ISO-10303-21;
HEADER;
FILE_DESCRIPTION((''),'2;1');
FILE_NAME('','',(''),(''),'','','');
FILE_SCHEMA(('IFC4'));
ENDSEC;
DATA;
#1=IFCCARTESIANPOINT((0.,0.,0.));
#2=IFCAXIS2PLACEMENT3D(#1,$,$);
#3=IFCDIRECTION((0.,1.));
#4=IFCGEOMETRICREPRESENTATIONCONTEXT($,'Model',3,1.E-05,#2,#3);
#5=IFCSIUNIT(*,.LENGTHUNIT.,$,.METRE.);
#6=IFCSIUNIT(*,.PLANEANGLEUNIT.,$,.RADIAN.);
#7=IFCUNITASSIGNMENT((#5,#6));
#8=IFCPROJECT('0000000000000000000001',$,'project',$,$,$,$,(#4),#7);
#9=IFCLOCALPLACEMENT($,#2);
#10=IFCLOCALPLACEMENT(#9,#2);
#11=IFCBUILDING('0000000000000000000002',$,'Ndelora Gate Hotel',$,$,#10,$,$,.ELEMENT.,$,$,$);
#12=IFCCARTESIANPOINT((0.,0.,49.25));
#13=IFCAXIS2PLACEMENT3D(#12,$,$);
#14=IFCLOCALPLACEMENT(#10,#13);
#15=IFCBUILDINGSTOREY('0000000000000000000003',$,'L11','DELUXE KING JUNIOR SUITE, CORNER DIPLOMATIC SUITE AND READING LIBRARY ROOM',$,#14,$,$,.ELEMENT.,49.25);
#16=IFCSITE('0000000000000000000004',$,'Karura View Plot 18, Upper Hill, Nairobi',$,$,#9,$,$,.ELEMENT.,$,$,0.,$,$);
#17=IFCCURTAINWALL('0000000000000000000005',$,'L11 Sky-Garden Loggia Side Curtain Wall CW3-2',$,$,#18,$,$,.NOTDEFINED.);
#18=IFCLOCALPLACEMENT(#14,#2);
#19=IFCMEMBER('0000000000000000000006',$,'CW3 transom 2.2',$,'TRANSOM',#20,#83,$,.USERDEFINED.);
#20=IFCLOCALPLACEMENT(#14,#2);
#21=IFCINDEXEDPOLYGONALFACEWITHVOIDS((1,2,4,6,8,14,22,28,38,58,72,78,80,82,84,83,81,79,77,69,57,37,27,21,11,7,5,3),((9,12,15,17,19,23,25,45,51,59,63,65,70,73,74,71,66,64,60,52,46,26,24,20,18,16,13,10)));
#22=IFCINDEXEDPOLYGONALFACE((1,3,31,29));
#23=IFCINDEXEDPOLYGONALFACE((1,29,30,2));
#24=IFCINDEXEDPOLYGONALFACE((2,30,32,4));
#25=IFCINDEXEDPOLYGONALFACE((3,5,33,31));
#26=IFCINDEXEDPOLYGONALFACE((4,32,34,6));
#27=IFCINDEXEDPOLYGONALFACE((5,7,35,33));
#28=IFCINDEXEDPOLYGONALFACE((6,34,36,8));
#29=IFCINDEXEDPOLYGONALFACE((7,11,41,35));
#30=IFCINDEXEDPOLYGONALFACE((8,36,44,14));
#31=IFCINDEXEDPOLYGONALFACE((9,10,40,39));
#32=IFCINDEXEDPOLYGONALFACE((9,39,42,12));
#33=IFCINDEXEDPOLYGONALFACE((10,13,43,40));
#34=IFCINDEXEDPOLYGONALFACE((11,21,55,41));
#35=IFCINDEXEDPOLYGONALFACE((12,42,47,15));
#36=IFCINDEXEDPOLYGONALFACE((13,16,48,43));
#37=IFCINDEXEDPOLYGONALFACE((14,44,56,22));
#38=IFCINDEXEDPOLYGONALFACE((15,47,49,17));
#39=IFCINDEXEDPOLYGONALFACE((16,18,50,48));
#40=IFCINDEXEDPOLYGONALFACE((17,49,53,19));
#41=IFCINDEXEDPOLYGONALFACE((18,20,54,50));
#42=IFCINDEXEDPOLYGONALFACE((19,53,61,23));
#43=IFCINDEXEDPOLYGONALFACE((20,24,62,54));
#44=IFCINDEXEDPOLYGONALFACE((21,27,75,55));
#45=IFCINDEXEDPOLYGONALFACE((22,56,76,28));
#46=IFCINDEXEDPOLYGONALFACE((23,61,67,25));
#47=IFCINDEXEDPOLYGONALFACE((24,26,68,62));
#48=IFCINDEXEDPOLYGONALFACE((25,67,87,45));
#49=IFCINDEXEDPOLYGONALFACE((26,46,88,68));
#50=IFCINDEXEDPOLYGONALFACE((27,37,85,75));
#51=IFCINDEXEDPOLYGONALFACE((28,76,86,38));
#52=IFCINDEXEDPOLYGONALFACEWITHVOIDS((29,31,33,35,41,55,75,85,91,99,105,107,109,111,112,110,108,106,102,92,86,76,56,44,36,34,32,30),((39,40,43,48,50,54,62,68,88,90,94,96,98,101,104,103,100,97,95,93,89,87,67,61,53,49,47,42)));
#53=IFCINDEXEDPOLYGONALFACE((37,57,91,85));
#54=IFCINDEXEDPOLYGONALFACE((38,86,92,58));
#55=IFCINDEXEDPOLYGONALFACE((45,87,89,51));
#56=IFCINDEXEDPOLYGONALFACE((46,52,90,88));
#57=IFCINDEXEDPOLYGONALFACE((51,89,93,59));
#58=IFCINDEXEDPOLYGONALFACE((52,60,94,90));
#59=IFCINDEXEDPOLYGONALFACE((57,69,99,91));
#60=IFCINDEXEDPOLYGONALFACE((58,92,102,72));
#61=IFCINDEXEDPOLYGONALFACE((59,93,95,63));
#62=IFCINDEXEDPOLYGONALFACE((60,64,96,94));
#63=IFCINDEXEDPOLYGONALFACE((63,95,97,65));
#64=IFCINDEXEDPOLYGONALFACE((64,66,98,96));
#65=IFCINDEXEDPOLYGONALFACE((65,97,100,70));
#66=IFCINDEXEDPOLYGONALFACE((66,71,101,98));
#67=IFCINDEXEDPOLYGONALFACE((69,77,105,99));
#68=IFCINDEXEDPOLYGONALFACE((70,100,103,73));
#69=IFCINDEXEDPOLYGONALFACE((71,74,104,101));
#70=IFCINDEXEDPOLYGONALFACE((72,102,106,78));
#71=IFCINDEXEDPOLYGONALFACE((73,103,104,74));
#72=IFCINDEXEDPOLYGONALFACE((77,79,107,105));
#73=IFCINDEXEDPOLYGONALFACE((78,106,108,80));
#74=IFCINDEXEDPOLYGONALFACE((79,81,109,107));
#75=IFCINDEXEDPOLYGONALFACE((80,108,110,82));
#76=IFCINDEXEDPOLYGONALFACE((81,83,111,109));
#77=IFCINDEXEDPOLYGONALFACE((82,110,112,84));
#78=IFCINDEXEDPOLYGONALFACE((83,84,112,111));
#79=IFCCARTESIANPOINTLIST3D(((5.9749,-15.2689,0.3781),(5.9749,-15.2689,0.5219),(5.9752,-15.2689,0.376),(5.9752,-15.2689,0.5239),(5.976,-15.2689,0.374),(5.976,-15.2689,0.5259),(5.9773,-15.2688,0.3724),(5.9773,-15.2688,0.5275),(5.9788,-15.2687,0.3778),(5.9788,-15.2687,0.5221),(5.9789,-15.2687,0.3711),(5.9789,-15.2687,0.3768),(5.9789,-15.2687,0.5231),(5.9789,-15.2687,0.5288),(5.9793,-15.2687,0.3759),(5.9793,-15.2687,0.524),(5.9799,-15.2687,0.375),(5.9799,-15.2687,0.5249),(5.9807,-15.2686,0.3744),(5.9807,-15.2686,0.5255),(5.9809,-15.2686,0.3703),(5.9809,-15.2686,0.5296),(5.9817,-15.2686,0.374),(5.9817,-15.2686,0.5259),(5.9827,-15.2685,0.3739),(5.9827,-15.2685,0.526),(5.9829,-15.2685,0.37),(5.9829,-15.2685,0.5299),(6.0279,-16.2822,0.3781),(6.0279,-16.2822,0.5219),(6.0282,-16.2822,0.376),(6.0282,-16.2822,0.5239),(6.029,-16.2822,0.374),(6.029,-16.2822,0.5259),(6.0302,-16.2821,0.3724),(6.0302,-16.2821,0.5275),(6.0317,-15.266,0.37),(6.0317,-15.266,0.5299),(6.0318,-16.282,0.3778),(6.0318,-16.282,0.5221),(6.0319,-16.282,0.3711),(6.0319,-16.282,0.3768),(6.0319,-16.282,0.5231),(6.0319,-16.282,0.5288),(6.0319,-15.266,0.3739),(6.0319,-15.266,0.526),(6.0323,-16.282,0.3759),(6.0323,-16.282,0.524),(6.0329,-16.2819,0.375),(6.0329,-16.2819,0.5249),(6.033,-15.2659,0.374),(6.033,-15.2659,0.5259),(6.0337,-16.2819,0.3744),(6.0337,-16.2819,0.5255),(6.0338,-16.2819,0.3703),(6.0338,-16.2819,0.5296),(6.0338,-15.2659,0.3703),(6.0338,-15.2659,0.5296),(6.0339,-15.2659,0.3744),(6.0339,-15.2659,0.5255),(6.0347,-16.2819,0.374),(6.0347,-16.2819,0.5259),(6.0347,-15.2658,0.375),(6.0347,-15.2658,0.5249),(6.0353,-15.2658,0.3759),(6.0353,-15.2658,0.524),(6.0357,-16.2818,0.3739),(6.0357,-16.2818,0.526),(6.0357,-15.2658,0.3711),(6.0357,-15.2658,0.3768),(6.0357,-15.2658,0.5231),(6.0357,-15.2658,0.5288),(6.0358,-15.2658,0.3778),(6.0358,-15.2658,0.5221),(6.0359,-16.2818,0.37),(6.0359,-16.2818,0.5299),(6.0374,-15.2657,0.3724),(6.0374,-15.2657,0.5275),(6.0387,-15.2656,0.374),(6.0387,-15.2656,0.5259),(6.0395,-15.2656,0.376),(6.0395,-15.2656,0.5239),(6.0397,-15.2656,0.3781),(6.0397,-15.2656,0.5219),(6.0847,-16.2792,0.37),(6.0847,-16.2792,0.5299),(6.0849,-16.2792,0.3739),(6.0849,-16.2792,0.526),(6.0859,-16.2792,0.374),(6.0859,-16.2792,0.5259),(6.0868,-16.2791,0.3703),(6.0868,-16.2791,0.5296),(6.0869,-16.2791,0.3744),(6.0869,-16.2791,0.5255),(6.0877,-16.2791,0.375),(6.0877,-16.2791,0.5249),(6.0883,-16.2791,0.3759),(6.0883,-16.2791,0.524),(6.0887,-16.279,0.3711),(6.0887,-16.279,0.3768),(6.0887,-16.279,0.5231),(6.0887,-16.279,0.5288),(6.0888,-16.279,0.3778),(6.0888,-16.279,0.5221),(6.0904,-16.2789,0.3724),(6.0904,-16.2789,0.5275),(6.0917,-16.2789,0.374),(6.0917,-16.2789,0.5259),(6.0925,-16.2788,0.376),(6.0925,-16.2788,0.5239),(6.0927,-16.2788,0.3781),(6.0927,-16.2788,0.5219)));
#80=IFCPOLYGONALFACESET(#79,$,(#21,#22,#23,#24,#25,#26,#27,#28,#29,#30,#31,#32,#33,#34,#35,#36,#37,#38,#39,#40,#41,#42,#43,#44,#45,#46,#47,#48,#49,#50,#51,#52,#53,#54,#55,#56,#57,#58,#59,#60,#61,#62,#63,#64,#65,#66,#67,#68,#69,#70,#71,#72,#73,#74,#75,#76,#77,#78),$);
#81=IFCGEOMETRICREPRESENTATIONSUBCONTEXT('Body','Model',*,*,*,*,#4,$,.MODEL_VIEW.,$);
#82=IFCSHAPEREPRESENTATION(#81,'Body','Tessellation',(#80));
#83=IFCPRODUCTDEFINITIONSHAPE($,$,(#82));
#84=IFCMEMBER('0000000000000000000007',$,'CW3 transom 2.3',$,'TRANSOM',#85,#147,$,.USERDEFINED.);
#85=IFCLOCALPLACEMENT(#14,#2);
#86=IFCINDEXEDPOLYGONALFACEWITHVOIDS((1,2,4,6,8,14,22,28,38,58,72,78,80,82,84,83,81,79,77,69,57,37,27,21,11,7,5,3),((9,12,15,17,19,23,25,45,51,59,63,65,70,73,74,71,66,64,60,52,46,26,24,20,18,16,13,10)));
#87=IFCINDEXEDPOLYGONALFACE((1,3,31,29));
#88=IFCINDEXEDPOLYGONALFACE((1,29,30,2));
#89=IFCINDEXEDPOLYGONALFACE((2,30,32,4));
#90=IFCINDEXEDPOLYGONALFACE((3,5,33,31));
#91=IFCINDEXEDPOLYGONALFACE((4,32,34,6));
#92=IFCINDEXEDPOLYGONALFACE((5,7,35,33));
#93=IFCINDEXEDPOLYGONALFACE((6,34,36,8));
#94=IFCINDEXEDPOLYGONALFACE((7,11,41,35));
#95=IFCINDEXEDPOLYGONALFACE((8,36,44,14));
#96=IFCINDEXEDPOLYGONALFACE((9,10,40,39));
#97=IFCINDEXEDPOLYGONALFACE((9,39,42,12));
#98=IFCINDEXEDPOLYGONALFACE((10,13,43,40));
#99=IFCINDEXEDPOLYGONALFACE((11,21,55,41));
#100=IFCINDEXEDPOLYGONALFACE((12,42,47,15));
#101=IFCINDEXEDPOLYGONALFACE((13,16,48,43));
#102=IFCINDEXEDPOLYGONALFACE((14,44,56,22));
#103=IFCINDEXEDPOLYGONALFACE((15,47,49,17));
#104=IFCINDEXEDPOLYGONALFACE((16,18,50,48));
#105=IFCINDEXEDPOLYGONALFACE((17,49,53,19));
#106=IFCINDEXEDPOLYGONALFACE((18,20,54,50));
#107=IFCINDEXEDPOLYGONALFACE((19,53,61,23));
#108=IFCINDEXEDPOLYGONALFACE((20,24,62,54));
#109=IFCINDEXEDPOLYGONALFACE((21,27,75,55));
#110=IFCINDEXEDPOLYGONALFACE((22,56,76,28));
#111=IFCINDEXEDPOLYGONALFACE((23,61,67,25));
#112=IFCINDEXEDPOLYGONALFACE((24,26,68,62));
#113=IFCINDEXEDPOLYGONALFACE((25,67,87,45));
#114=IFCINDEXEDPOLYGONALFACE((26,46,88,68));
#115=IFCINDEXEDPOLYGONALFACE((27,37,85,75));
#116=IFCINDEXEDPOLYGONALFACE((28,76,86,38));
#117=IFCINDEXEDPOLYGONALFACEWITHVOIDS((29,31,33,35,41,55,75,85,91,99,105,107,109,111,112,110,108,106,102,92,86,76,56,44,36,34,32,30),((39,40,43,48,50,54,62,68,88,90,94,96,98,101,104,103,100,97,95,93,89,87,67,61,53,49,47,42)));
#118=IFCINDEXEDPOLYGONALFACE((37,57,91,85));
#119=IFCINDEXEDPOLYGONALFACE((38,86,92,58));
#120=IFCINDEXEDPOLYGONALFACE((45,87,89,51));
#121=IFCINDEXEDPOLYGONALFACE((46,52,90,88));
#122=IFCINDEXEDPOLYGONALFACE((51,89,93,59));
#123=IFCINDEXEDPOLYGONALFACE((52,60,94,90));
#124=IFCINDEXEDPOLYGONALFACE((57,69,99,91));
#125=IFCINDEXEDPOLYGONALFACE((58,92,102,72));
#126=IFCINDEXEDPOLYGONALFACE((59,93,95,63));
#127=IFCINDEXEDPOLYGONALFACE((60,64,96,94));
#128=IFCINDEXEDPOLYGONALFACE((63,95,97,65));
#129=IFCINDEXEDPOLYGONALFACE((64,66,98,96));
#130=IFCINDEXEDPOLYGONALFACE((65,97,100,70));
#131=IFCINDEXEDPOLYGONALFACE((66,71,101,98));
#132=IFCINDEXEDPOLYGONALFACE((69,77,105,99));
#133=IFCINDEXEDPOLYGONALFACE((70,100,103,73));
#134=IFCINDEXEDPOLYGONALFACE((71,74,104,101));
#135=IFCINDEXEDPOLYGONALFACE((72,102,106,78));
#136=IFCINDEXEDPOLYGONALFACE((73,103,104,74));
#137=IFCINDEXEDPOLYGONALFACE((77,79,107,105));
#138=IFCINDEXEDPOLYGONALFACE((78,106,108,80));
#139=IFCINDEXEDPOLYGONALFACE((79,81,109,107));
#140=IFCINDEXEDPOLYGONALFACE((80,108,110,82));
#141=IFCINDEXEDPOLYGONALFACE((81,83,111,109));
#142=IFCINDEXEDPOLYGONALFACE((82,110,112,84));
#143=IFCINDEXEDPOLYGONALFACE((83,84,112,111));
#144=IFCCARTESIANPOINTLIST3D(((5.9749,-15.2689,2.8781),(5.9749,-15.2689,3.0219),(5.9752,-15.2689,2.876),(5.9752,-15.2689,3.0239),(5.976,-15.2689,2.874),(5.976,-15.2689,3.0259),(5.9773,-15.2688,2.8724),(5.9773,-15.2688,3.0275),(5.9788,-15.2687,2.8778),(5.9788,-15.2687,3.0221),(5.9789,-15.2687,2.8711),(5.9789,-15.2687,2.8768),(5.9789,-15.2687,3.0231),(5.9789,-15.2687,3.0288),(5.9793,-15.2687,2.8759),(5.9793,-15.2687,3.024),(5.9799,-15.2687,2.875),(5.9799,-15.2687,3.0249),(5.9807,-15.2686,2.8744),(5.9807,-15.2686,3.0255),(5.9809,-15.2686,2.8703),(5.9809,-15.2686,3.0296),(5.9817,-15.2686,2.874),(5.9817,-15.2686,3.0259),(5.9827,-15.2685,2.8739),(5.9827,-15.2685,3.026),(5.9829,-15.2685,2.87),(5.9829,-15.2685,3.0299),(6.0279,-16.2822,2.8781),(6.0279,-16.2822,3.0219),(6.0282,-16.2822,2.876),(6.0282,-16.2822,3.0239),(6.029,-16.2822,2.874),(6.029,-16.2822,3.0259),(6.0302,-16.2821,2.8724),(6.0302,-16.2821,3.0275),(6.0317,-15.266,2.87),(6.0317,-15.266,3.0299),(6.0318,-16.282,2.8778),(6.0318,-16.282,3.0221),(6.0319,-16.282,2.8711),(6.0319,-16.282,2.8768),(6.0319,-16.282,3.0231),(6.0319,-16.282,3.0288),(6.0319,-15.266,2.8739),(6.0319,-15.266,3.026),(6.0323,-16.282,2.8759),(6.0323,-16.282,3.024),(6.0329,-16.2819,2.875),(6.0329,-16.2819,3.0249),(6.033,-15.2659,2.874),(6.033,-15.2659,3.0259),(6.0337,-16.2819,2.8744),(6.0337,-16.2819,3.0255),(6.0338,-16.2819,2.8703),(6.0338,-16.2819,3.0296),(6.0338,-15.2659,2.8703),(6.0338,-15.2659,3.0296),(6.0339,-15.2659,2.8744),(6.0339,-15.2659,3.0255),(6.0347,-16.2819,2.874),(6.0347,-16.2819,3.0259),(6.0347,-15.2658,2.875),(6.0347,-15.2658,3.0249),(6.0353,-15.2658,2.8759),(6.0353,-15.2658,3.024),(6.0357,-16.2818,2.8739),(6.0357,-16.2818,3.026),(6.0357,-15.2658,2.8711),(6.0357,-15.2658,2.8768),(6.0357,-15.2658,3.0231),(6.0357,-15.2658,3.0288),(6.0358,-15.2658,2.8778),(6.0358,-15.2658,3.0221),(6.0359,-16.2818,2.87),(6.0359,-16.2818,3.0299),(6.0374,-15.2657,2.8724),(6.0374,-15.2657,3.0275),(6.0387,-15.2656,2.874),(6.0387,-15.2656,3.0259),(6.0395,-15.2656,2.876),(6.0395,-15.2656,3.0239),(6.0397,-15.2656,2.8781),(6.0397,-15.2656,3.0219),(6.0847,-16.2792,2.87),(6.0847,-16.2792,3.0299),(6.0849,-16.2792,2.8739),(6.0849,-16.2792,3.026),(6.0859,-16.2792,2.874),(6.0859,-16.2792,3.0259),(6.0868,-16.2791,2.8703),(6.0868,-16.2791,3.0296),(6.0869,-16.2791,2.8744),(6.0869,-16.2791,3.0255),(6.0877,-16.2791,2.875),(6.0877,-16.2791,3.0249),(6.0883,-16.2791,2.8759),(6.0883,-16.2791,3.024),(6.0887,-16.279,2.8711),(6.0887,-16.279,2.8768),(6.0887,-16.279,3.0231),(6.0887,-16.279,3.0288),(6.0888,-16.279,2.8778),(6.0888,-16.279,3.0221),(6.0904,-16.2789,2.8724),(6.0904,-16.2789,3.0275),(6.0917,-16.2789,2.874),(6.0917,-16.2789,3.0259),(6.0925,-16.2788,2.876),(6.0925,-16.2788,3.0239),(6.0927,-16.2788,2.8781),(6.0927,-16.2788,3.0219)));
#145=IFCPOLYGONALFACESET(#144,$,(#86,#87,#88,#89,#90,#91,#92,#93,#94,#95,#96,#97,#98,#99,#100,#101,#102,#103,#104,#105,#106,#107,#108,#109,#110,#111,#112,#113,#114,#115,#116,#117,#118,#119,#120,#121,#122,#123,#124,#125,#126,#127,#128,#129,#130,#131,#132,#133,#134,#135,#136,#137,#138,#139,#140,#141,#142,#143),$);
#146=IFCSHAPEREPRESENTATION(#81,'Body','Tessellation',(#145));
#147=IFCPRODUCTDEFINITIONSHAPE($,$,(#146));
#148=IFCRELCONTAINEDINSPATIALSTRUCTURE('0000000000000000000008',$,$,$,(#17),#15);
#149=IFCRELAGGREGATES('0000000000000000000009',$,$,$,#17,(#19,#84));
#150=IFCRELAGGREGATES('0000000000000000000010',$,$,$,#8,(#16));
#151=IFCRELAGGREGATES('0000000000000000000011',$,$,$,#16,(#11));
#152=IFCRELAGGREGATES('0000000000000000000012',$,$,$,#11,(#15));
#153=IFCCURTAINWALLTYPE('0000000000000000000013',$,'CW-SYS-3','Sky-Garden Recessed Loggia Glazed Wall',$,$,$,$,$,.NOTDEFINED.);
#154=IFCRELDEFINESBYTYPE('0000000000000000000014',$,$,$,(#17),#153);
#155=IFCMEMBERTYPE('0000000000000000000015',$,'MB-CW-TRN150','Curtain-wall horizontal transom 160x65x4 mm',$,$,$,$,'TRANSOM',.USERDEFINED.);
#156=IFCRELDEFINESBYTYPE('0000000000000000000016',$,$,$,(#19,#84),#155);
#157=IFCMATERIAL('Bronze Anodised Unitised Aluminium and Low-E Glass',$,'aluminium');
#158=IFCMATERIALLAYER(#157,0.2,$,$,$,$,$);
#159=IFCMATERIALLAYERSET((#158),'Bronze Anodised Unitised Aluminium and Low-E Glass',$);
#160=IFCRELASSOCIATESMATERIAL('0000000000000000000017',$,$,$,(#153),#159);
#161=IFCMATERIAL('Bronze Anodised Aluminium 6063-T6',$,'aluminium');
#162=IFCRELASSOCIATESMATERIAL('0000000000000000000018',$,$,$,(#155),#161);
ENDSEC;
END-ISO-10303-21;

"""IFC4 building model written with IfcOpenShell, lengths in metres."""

from ifc_helpers import new_model, si_unit, direction, frame, origin, origin_2d, place, context, subcontext, project, spatial, hollow_rectangle, extrude, material, layer, layer_set, material_profile, profile_set, type_object, element, aggregate, save


model = new_model("IFC4")

# Units and contexts
model_context = context("Model", 3, precision=1e-05, world=origin(), true_north=direction((0.0, 1.0)))
body_context = subcontext(model_context, "Body", "Model", "MODEL_VIEW")
ifc_project = project(units=[si_unit("LENGTHUNIT", "METRE"), si_unit("PLANEANGLEUNIT", "RADIAN")], contexts=[model_context])

# Site, building, storey
site_placement = place(None, origin())
site = spatial("IfcSite", under=ifc_project, at=site_placement, Name="Karura View Plot 18, Upper Hill, Nairobi", CompositionType="ELEMENT", RefElevation=0.0)
building_placement = place(site_placement, origin())
building = spatial("IfcBuilding", under=site, at=building_placement, Name="Ndelora Gate Hotel", CompositionType="ELEMENT")
storey_placement = place(building_placement, frame((0.0, 0.0, 49.25)))
storey = spatial("IfcBuildingStorey", under=building, at=storey_placement, Name="L11", Description="DELUXE KING JUNIOR SUITE, CORNER DIPLOMATIC SUITE AND READING LIBRARY ROOM", CompositionType="ELEMENT", Elevation=49.25)

# Curtain wall, members
ifc_material_1 = material(Name="Bronze Anodised Unitised Aluminium and Low-E Glass", Category="aluminium")
ifc_layer_1 = layer(ifc_material_1, 0.2)
ifc_layer_set_1 = layer_set([ifc_layer_1], Name="Bronze Anodised Unitised Aluminium and Low-E Glass")
curtain_wall_type = type_object("IfcCurtainWallType", Name="CW-SYS-3", Description="Sky-Garden Recessed Loggia Glazed Wall", PredefinedType="NOTDEFINED", material=ifc_layer_set_1)
curtain_wall_placement = place(storey_placement, origin())
curtain_wall = element("IfcCurtainWall", 1, at=curtain_wall_placement, inside=storey, type_object=curtain_wall_type, Name="L11 Sky-Garden Loggia Side Curtain Wall CW3-2", PredefinedType="NOTDEFINED")
ifc_material_2 = material(Name="Bronze Anodised Aluminium 6063-T6", Category="aluminium")
ifc_material_profile_1 = material_profile(ifc_material_2, hollow_rectangle(XDim=0.0649, YDim=0.1599, WallThickness=0.0039, InnerFilletRadius=0.0039, OuterFilletRadius=0.0081, at=origin_2d()), Name="ALU 160x65x4")
ifc_profile_set_1 = profile_set([ifc_material_profile_1], Name="Bronze Anodised Aluminium 6063-T6")
member_type_1 = type_object("IfcMemberType", Name="MB-CW-TRN150", Description="Curtain-wall horizontal transom 160x65x4 mm", ElementType="TRANSOM", PredefinedType="USERDEFINED", material=ifc_profile_set_1)
member_1_placement = place(storey_placement, frame((6.0603, -16.2805, 0.45), z_axis=(-0.052218, 0.998636, 0.0), x_axis=(-0.998636, -0.052218, 0.0)))
member_1 = element("IfcMember", 2, at=member_1_placement, type_object=member_type_1, Name="CW3 transom 2.2", ObjectType="TRANSOM", PredefinedType="USERDEFINED", context=body_context, shape_type="SweptSolid", body=[
    extrude(hollow_rectangle(XDim=0.0649, YDim=0.1599, WallThickness=0.0039, InnerFilletRadius=0.0039, OuterFilletRadius=0.0081, at=origin_2d()), origin(), (0.0, 0.0, 1.0), 1.0146),
])
member_2_placement = place(storey_placement, frame((6.0603, -16.2805, 2.95), z_axis=(-0.052218, 0.998636, 0.0), x_axis=(-0.998636, -0.052218, 0.0)))
member_2 = element("IfcMember", 3, at=member_2_placement, type_object=member_type_1, Name="CW3 transom 2.3", ObjectType="TRANSOM", PredefinedType="USERDEFINED", context=body_context, shape_type="SweptSolid", body=[
    extrude(hollow_rectangle(XDim=0.0649, YDim=0.1599, WallThickness=0.0039, InnerFilletRadius=0.0039, OuterFilletRadius=0.0081, at=origin_2d()), origin(), (0.0, 0.0, 1.0), 1.0146),
])
aggregate(curtain_wall, [member_1, member_2])

save(model, "model.ifc")
